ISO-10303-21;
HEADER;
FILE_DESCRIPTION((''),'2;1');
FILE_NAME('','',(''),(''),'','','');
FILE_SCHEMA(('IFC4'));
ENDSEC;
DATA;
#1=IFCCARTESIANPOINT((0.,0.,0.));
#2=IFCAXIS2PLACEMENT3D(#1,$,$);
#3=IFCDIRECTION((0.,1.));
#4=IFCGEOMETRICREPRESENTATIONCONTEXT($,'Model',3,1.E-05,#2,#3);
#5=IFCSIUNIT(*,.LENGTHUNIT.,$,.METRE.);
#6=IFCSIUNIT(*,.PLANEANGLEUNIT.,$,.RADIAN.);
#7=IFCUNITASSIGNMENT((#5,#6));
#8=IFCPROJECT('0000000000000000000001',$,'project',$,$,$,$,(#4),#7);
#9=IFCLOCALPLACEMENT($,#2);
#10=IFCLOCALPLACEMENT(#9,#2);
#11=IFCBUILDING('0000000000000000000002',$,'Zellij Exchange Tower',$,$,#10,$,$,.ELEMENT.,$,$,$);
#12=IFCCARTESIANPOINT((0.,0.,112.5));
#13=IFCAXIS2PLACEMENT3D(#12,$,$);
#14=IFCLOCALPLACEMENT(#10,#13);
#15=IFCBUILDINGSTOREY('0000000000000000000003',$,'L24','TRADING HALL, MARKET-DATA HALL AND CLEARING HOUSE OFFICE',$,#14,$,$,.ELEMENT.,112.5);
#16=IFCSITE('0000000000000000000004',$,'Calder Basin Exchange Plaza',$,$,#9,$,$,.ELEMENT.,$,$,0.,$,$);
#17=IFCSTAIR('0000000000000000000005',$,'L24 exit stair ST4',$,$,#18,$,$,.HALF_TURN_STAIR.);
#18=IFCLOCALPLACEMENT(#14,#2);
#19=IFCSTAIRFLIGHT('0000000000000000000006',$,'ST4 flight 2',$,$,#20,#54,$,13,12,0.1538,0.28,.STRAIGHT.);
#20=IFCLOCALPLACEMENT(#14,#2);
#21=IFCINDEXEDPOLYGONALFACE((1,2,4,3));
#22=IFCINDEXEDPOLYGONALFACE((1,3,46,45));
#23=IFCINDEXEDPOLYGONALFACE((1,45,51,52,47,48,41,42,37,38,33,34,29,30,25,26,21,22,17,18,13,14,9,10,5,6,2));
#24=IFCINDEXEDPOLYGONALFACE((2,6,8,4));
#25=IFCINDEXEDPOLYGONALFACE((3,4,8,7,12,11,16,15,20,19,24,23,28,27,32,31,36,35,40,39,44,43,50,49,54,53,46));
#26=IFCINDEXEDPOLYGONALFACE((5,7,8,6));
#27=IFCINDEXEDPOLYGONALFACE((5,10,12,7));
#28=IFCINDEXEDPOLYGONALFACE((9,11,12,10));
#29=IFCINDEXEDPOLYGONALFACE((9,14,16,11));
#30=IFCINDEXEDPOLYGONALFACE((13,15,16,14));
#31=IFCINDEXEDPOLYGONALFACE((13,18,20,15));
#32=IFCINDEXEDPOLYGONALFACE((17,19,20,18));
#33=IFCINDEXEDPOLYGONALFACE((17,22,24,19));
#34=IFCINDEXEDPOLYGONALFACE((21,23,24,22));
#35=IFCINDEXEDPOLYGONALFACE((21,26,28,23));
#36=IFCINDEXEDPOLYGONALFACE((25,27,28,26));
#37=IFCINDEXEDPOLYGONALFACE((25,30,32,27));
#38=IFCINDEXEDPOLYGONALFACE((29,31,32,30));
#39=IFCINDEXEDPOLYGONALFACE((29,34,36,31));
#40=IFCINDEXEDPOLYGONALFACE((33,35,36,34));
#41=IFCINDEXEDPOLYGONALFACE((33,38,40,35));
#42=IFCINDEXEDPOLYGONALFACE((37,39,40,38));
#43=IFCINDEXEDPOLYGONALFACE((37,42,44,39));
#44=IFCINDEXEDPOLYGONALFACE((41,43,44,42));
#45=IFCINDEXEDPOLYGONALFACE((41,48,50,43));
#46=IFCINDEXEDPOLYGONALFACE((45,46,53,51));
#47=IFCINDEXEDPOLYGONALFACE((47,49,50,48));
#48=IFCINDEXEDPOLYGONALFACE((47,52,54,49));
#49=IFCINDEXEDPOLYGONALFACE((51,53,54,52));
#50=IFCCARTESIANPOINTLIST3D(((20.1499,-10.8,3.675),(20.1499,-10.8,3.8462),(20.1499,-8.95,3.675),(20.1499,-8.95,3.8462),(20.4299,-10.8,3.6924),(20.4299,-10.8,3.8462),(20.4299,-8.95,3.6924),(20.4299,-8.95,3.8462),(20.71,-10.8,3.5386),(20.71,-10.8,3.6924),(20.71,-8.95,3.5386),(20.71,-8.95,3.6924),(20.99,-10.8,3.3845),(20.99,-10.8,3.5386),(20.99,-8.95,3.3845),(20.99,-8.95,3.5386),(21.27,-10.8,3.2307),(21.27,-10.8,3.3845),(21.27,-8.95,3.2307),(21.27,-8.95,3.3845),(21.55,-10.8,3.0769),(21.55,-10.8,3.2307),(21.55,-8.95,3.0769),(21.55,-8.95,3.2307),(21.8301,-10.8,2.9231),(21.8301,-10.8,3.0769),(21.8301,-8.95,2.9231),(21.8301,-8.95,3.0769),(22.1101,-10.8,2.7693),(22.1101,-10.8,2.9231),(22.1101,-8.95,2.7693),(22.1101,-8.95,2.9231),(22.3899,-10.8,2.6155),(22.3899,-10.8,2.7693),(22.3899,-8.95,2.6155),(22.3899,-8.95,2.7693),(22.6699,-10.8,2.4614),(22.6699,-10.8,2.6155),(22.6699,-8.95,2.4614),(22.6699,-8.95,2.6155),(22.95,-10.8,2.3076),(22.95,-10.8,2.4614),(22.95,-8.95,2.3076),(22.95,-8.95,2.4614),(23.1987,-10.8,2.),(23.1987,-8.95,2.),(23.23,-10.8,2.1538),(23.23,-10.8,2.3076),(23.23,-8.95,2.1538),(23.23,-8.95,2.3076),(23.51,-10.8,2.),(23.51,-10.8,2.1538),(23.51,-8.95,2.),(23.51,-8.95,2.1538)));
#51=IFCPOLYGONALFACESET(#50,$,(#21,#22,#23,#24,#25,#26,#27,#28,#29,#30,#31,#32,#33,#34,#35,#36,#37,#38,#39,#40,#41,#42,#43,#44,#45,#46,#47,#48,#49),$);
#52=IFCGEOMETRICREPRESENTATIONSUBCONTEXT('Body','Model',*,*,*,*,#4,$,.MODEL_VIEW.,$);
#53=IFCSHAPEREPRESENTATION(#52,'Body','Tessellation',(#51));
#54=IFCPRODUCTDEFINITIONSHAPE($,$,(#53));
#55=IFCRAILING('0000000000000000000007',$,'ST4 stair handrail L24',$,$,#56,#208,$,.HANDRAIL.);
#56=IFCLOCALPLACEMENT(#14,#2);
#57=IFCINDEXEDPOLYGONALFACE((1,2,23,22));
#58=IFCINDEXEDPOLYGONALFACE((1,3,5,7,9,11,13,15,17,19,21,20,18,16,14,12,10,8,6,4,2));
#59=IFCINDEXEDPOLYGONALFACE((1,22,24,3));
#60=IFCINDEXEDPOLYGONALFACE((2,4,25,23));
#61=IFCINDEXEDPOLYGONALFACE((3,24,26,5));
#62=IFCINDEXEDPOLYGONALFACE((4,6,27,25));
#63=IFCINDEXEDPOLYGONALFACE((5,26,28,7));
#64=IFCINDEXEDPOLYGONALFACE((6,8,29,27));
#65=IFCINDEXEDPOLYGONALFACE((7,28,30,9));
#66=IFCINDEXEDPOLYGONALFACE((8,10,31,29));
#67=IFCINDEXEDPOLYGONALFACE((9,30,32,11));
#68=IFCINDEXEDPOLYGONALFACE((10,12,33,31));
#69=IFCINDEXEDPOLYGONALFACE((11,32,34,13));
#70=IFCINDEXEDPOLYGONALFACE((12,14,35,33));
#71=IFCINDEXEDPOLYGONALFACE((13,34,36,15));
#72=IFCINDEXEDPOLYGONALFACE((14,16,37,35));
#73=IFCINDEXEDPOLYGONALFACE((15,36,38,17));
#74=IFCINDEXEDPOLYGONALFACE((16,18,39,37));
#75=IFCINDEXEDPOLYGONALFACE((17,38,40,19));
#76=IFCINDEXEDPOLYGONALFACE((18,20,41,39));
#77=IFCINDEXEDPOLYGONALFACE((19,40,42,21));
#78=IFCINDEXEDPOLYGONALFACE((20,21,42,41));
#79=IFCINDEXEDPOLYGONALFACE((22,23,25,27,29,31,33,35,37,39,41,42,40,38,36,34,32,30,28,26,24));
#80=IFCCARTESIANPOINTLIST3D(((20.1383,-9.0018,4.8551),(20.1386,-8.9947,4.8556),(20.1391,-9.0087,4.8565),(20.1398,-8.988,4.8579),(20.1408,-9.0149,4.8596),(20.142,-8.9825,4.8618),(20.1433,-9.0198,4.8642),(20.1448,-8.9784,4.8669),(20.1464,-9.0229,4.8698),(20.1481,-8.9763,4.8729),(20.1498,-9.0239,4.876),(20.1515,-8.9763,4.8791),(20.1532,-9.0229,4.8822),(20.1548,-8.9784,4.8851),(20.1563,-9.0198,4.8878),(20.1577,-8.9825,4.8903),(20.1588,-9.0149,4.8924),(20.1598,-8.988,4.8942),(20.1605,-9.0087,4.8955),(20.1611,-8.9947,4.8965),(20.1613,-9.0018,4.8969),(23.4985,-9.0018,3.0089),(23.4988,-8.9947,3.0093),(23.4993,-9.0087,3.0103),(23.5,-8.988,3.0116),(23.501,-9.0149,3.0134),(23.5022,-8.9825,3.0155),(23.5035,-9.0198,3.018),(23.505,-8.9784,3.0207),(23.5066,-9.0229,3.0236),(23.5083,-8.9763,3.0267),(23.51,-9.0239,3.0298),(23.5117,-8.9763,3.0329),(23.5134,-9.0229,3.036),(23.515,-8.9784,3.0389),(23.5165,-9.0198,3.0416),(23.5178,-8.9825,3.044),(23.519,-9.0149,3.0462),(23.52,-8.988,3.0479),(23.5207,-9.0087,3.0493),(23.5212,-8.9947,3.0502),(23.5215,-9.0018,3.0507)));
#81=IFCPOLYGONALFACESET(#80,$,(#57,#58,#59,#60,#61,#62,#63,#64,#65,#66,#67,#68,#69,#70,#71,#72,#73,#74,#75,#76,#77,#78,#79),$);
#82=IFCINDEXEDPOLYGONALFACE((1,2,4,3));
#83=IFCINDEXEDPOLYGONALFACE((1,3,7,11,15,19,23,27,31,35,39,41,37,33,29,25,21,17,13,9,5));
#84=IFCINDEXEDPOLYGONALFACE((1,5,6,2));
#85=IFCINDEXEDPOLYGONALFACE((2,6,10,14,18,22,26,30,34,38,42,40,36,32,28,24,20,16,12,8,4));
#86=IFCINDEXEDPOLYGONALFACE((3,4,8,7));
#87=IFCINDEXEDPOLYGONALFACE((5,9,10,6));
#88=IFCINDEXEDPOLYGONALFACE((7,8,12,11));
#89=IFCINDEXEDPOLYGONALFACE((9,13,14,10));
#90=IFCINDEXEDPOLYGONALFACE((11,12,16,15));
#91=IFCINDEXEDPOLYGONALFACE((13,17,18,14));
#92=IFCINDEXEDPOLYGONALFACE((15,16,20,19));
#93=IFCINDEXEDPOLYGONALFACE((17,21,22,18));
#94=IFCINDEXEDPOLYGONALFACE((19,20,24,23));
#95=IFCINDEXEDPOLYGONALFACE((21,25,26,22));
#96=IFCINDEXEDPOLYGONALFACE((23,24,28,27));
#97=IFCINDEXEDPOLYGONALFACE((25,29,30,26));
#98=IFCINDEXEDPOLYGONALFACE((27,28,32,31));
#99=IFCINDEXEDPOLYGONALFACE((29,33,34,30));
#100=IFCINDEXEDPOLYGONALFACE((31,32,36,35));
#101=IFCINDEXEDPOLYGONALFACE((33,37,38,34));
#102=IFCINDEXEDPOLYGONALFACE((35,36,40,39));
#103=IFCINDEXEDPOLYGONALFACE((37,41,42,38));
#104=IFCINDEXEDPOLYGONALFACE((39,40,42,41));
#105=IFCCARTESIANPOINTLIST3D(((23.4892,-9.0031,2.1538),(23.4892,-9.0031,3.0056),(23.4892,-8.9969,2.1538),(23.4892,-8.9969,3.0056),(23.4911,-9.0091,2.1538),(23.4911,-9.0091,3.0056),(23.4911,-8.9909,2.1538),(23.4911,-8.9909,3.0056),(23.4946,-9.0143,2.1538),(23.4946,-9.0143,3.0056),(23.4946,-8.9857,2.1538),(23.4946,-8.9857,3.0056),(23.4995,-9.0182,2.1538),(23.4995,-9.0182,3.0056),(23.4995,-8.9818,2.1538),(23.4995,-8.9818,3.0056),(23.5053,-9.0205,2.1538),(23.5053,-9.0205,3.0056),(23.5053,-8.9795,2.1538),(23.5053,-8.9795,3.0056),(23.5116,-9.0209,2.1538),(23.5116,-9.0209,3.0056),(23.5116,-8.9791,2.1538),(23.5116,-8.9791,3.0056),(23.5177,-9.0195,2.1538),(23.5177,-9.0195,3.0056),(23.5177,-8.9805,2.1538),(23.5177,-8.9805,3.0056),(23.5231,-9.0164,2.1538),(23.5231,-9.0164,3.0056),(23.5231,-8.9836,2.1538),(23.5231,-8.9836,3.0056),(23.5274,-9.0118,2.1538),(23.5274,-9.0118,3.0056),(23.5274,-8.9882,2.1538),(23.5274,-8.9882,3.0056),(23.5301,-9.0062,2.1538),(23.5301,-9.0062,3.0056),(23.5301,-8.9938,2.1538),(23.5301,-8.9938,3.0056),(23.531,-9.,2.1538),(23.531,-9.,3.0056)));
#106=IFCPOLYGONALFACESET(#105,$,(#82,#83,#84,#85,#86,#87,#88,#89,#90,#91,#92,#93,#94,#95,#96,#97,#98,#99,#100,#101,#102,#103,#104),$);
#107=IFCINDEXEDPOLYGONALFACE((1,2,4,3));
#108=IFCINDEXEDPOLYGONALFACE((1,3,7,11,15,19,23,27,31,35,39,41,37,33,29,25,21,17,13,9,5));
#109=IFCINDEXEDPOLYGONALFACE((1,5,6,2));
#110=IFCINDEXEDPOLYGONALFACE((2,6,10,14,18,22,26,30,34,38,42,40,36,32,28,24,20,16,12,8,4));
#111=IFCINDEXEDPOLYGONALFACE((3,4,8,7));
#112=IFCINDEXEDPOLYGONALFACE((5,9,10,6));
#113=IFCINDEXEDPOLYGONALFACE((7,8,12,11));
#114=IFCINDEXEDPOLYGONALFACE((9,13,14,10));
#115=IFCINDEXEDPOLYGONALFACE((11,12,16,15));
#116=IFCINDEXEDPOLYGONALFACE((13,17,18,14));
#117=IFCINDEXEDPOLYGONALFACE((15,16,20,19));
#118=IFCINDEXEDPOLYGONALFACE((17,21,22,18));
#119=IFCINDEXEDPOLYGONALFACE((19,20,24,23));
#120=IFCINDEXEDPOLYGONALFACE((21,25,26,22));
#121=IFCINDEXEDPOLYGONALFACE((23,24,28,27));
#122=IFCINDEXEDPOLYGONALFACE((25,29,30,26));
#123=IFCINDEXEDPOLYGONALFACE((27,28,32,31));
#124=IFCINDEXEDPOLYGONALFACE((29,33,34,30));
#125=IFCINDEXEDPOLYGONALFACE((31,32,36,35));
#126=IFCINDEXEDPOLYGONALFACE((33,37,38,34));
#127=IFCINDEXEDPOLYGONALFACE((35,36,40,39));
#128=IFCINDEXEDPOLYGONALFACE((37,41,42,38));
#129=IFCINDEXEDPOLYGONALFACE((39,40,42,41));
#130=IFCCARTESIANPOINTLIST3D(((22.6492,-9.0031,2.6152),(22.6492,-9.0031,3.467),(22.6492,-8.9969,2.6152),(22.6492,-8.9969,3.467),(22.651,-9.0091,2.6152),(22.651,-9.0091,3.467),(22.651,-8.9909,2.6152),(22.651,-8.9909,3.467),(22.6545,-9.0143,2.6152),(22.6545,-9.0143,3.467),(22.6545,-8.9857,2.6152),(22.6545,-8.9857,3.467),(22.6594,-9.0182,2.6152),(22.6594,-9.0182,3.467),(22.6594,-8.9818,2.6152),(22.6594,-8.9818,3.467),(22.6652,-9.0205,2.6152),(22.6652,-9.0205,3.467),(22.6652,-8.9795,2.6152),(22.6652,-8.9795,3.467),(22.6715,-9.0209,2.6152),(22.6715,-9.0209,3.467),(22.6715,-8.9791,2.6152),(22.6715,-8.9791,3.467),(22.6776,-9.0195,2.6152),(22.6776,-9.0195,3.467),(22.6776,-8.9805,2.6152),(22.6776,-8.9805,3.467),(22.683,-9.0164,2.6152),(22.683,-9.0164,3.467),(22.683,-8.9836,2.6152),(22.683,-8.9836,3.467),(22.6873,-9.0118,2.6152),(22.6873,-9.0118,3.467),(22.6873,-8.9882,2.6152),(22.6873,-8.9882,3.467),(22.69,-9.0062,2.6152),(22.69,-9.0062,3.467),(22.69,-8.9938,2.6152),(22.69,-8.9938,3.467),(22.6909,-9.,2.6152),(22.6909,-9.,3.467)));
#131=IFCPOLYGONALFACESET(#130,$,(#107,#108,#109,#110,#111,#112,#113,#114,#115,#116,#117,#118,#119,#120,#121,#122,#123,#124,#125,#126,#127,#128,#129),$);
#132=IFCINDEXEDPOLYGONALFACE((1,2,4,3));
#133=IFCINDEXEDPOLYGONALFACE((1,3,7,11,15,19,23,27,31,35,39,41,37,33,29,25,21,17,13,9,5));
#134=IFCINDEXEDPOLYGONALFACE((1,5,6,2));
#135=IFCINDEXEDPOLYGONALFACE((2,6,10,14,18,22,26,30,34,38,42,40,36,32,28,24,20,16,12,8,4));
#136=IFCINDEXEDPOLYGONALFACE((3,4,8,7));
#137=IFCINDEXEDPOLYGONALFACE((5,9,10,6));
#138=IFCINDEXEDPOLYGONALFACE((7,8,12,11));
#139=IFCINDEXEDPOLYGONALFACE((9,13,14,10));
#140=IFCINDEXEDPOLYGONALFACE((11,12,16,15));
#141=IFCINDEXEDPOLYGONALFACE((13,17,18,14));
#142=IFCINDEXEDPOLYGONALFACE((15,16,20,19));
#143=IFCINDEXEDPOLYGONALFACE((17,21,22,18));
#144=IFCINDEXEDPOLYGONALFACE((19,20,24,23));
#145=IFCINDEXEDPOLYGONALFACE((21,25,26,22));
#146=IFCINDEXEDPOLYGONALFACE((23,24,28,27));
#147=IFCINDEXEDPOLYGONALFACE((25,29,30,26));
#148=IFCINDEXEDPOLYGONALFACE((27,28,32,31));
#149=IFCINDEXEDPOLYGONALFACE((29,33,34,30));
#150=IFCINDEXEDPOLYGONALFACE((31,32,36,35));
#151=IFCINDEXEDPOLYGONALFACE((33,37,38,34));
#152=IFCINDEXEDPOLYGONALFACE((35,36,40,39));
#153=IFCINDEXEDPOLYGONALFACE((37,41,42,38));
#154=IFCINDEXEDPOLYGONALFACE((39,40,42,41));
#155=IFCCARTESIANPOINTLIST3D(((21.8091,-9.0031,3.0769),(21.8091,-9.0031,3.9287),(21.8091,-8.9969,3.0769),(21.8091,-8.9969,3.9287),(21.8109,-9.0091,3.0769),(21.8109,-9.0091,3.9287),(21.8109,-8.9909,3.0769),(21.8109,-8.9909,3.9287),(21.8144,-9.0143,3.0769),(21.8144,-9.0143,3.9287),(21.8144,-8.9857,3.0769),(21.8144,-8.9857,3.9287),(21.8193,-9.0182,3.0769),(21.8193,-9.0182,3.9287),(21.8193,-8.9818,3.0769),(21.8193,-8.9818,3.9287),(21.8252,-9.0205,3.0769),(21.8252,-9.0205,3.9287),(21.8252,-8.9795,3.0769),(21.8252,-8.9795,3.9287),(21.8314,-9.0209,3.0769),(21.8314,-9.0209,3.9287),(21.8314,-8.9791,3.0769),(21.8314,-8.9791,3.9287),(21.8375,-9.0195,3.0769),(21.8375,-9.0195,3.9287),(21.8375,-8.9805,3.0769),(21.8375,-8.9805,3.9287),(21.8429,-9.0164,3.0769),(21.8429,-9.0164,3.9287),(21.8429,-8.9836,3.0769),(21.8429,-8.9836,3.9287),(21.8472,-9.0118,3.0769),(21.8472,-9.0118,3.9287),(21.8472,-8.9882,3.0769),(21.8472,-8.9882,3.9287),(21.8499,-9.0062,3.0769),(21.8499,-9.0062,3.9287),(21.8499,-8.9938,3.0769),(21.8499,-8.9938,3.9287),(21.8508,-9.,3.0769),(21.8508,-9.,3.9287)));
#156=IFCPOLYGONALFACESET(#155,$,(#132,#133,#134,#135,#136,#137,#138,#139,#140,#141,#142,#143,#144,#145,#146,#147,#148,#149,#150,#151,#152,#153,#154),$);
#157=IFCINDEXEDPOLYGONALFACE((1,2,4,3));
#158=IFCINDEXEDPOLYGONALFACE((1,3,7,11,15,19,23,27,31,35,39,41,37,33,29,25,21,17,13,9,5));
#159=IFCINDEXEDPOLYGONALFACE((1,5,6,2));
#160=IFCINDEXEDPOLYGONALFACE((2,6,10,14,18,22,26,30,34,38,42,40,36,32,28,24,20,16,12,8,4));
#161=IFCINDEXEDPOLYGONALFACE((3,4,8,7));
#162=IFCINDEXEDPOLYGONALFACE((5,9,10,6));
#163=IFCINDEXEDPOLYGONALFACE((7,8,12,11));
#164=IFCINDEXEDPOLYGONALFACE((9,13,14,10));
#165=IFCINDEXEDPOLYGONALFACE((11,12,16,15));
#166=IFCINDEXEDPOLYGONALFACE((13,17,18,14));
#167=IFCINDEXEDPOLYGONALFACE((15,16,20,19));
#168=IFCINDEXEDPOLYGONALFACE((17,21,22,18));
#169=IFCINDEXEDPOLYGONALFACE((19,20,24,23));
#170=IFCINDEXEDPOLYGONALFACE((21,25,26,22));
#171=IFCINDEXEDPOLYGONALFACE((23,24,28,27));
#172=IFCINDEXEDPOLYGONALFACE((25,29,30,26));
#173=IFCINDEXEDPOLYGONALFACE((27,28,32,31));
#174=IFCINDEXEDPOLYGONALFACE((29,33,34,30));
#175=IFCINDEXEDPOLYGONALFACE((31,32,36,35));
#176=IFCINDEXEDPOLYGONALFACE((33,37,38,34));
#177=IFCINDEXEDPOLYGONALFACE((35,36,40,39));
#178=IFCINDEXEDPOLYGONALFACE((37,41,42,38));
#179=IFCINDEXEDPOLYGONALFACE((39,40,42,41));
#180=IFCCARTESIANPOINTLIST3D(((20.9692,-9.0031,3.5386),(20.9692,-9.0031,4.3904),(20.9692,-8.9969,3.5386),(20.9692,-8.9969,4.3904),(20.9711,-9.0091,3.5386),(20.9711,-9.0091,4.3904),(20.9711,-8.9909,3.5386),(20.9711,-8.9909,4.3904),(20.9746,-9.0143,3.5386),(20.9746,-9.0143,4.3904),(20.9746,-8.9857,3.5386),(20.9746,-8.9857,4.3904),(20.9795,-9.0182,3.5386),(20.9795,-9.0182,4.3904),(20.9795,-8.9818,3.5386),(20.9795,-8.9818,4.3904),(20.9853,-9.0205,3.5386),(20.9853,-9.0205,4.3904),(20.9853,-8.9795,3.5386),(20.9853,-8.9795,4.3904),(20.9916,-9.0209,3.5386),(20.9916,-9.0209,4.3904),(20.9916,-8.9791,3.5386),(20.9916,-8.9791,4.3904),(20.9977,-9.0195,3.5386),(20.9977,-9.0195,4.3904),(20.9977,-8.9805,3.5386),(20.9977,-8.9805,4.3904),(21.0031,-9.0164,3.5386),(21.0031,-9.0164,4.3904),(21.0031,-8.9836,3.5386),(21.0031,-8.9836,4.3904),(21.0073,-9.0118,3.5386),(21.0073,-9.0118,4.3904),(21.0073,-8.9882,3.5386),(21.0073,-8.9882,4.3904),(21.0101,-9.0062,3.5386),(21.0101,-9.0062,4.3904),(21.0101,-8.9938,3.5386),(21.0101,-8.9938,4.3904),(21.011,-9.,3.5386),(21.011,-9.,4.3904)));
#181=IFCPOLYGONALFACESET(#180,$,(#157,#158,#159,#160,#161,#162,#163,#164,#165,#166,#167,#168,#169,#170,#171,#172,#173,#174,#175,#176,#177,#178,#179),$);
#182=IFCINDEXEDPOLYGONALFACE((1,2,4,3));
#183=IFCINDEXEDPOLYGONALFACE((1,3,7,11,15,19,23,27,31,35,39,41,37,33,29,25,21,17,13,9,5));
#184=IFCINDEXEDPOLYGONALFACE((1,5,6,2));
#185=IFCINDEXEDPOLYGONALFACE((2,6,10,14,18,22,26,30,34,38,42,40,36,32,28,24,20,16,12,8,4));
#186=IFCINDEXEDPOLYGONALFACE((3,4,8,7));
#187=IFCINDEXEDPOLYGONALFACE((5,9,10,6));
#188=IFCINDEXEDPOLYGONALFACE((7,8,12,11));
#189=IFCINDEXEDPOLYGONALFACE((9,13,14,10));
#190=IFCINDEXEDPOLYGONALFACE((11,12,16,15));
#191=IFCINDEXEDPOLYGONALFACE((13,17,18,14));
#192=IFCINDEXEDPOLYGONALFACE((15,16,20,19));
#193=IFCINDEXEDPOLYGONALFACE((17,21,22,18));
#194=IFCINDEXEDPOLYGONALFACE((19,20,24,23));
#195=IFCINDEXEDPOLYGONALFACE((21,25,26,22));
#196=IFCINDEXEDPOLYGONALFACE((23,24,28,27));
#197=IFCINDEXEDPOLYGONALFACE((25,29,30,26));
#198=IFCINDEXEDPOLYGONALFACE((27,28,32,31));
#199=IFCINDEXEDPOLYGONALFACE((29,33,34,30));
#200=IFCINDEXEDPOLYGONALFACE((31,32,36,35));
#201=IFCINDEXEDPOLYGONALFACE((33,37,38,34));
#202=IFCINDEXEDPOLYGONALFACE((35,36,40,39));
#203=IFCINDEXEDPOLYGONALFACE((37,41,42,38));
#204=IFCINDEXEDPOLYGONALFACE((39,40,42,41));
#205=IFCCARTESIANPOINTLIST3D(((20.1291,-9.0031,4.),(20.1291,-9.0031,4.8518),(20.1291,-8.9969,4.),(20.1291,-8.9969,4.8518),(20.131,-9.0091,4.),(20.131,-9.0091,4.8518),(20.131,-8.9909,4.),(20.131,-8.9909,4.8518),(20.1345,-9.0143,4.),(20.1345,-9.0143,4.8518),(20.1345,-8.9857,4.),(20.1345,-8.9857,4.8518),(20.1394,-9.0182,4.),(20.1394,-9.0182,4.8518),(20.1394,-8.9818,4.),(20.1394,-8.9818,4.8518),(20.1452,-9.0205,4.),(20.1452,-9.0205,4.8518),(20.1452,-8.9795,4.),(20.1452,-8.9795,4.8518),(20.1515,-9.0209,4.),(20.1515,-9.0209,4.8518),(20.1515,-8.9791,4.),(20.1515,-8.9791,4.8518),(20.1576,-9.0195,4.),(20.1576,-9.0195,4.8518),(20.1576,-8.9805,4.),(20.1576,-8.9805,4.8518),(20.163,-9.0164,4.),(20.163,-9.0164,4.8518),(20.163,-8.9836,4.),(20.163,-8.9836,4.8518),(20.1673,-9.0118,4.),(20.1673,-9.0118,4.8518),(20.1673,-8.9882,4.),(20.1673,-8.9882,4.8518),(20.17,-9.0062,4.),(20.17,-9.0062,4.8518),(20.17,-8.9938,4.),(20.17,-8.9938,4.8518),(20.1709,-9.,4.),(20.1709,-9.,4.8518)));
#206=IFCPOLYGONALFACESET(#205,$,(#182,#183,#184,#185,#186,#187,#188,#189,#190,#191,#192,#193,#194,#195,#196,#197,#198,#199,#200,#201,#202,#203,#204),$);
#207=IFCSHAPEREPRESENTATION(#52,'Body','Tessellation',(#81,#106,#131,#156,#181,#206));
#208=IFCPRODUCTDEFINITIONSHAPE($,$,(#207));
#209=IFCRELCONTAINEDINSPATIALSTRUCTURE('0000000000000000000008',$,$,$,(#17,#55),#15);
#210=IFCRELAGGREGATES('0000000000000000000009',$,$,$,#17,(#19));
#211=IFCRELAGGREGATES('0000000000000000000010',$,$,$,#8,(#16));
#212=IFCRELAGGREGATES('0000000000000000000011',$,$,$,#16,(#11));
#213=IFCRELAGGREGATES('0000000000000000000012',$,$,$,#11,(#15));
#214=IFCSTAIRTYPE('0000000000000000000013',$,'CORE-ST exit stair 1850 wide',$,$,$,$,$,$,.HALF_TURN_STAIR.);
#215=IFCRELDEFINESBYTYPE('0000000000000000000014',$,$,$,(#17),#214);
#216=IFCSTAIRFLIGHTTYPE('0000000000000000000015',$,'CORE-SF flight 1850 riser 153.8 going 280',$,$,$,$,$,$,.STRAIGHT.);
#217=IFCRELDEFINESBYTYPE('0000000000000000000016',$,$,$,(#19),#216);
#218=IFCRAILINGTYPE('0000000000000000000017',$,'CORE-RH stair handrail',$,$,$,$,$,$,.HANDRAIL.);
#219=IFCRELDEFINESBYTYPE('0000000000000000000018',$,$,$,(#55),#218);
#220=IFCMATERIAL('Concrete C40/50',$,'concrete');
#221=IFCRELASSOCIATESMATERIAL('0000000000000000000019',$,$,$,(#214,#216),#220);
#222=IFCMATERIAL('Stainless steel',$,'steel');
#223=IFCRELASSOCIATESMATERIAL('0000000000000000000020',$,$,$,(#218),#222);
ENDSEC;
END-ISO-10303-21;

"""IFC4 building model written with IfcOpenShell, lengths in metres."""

from ifc_helpers import new_model, si_unit, direction, frame, origin, origin_2d, place, context, subcontext, project, spatial, polyline, circle, outline, extrude, material, type_object, element, aggregate, save


model = new_model("IFC4")

# Units and contexts
model_context = context("Model", 3, precision=1e-05, world=origin(), true_north=direction((0.0, 1.0)))
body_context = subcontext(model_context, "Body", "Model", "MODEL_VIEW")
ifc_project = project(units=[si_unit("LENGTHUNIT", "METRE"), si_unit("PLANEANGLEUNIT", "RADIAN")], contexts=[model_context])

# Site, building, storey
site_placement = place(None, origin())
site = spatial("IfcSite", under=ifc_project, at=site_placement, Name="Calder Basin Exchange Plaza", CompositionType="ELEMENT", RefElevation=0.0)
building_placement = place(site_placement, origin())
building = spatial("IfcBuilding", under=site, at=building_placement, Name="Zellij Exchange Tower", CompositionType="ELEMENT")
storey_placement = place(building_placement, frame((0.0, 0.0, 112.5)))
storey = spatial("IfcBuildingStorey", under=building, at=storey_placement, Name="L24", Description="TRADING HALL, MARKET-DATA HALL AND CLEARING HOUSE OFFICE", CompositionType="ELEMENT", Elevation=112.5)

# Stair, stair flight
ifc_material_1 = material(Name="Concrete C40/50", Category="concrete")
stair_type = type_object("IfcStairType", Name="CORE-ST exit stair 1850 wide", PredefinedType="HALF_TURN_STAIR", material=ifc_material_1)
stair_placement = place(storey_placement, origin())
stair = element("IfcStair", 1, at=stair_placement, inside=storey, type_object=stair_type, Name="L24 exit stair ST4", PredefinedType="HALF_TURN_STAIR")
stair_flight_type = type_object("IfcStairFlightType", Name="CORE-SF flight 1850 riser 153.8 going 280", PredefinedType="STRAIGHT", material=ifc_material_1)
stair_flight_placement = place(storey_placement, frame((23.51, -9.875, 2.0), z_axis=(0.0, 0.0, 1.0), x_axis=(-1.0, 0.0, 0.0)))
stair_flight = element("IfcStairFlight", 2, at=stair_flight_placement, type_object=stair_flight_type, Name="ST4 flight 2", NumberOfRisers=13, NumberOfTreads=12, PredefinedType="STRAIGHT", RiserHeight=0.1538, TreadLength=0.28, context=body_context, shape_type="SweptSolid", body=[
    extrude(outline(polyline([(0.0, 0.0), (0.0, 0.1538), (0.28, 0.1538), (0.28, 0.3076), (0.5601, 0.3076), (0.5601, 0.4614), (0.8401, 0.4614), (0.8401, 0.6155), (1.1201, 0.6155), (1.1201, 0.7693), (1.3999, 0.7693), (1.3999, 0.9231), (1.6799, 0.9231), (1.6799, 1.0769), (1.96, 1.0769), (1.96, 1.2307), (2.24, 1.2307), (2.24, 1.3845), (2.52, 1.3845), (2.52, 1.5386), (2.8, 1.5386), (2.8, 1.6924), (3.0801, 1.6924), (3.0801, 1.8462), (3.3601, 1.8462), (3.3601, 2.0), (3.3601, 1.675), (0.3113, 0.0), (0.0, 0.0)])), frame((0.0, 0.925, 0.0), z_axis=(0.0, -1.0, 0.0), x_axis=(1.0, 0.0, 0.0)), (0.0, 0.0, 1.0), 1.8501),
])
aggregate(stair, [stair_flight])

# Railing
ifc_material_2 = material(Name="Stainless steel", Category="steel")
railing_type = type_object("IfcRailingType", Name="CORE-RH stair handrail", PredefinedType="HANDRAIL", material=ifc_material_2)
railing_placement = place(storey_placement, frame((23.51, -9.0, 2.1538)))
element("IfcRailing", 3, at=railing_placement, inside=storey, type_object=railing_type, Name="ST4 stair handrail L24", PredefinedType="HANDRAIL", context=body_context, shape_type="SweptSolid", body=[
    extrude(circle(Radius=0.0239, at=origin_2d()), frame((0.0, 0.0, 0.876), z_axis=(-0.876422, 0.0, 0.481545), x_axis=(0.0, -1.0, 0.0)), (0.0, 0.0, 1.0), 3.834),
    extrude(circle(Radius=0.021, at=origin_2d()), origin(), (0.0, 0.0, 1.0), 0.8518),
    extrude(circle(Radius=0.021, at=origin_2d()), frame((-0.8401, 0.0, 0.4614)), (0.0, 0.0, 1.0), 0.8518),
    extrude(circle(Radius=0.021, at=origin_2d()), frame((-1.6802, 0.0, 0.9231)), (0.0, 0.0, 1.0), 0.8518),
    extrude(circle(Radius=0.021, at=origin_2d()), frame((-2.52, 0.0, 1.3848)), (0.0, 0.0, 1.0), 0.8518),
    extrude(circle(Radius=0.021, at=origin_2d()), frame((-3.3601, 0.0, 1.8462)), (0.0, 0.0, 1.0), 0.8518),
])

save(model, "model.ifc")
